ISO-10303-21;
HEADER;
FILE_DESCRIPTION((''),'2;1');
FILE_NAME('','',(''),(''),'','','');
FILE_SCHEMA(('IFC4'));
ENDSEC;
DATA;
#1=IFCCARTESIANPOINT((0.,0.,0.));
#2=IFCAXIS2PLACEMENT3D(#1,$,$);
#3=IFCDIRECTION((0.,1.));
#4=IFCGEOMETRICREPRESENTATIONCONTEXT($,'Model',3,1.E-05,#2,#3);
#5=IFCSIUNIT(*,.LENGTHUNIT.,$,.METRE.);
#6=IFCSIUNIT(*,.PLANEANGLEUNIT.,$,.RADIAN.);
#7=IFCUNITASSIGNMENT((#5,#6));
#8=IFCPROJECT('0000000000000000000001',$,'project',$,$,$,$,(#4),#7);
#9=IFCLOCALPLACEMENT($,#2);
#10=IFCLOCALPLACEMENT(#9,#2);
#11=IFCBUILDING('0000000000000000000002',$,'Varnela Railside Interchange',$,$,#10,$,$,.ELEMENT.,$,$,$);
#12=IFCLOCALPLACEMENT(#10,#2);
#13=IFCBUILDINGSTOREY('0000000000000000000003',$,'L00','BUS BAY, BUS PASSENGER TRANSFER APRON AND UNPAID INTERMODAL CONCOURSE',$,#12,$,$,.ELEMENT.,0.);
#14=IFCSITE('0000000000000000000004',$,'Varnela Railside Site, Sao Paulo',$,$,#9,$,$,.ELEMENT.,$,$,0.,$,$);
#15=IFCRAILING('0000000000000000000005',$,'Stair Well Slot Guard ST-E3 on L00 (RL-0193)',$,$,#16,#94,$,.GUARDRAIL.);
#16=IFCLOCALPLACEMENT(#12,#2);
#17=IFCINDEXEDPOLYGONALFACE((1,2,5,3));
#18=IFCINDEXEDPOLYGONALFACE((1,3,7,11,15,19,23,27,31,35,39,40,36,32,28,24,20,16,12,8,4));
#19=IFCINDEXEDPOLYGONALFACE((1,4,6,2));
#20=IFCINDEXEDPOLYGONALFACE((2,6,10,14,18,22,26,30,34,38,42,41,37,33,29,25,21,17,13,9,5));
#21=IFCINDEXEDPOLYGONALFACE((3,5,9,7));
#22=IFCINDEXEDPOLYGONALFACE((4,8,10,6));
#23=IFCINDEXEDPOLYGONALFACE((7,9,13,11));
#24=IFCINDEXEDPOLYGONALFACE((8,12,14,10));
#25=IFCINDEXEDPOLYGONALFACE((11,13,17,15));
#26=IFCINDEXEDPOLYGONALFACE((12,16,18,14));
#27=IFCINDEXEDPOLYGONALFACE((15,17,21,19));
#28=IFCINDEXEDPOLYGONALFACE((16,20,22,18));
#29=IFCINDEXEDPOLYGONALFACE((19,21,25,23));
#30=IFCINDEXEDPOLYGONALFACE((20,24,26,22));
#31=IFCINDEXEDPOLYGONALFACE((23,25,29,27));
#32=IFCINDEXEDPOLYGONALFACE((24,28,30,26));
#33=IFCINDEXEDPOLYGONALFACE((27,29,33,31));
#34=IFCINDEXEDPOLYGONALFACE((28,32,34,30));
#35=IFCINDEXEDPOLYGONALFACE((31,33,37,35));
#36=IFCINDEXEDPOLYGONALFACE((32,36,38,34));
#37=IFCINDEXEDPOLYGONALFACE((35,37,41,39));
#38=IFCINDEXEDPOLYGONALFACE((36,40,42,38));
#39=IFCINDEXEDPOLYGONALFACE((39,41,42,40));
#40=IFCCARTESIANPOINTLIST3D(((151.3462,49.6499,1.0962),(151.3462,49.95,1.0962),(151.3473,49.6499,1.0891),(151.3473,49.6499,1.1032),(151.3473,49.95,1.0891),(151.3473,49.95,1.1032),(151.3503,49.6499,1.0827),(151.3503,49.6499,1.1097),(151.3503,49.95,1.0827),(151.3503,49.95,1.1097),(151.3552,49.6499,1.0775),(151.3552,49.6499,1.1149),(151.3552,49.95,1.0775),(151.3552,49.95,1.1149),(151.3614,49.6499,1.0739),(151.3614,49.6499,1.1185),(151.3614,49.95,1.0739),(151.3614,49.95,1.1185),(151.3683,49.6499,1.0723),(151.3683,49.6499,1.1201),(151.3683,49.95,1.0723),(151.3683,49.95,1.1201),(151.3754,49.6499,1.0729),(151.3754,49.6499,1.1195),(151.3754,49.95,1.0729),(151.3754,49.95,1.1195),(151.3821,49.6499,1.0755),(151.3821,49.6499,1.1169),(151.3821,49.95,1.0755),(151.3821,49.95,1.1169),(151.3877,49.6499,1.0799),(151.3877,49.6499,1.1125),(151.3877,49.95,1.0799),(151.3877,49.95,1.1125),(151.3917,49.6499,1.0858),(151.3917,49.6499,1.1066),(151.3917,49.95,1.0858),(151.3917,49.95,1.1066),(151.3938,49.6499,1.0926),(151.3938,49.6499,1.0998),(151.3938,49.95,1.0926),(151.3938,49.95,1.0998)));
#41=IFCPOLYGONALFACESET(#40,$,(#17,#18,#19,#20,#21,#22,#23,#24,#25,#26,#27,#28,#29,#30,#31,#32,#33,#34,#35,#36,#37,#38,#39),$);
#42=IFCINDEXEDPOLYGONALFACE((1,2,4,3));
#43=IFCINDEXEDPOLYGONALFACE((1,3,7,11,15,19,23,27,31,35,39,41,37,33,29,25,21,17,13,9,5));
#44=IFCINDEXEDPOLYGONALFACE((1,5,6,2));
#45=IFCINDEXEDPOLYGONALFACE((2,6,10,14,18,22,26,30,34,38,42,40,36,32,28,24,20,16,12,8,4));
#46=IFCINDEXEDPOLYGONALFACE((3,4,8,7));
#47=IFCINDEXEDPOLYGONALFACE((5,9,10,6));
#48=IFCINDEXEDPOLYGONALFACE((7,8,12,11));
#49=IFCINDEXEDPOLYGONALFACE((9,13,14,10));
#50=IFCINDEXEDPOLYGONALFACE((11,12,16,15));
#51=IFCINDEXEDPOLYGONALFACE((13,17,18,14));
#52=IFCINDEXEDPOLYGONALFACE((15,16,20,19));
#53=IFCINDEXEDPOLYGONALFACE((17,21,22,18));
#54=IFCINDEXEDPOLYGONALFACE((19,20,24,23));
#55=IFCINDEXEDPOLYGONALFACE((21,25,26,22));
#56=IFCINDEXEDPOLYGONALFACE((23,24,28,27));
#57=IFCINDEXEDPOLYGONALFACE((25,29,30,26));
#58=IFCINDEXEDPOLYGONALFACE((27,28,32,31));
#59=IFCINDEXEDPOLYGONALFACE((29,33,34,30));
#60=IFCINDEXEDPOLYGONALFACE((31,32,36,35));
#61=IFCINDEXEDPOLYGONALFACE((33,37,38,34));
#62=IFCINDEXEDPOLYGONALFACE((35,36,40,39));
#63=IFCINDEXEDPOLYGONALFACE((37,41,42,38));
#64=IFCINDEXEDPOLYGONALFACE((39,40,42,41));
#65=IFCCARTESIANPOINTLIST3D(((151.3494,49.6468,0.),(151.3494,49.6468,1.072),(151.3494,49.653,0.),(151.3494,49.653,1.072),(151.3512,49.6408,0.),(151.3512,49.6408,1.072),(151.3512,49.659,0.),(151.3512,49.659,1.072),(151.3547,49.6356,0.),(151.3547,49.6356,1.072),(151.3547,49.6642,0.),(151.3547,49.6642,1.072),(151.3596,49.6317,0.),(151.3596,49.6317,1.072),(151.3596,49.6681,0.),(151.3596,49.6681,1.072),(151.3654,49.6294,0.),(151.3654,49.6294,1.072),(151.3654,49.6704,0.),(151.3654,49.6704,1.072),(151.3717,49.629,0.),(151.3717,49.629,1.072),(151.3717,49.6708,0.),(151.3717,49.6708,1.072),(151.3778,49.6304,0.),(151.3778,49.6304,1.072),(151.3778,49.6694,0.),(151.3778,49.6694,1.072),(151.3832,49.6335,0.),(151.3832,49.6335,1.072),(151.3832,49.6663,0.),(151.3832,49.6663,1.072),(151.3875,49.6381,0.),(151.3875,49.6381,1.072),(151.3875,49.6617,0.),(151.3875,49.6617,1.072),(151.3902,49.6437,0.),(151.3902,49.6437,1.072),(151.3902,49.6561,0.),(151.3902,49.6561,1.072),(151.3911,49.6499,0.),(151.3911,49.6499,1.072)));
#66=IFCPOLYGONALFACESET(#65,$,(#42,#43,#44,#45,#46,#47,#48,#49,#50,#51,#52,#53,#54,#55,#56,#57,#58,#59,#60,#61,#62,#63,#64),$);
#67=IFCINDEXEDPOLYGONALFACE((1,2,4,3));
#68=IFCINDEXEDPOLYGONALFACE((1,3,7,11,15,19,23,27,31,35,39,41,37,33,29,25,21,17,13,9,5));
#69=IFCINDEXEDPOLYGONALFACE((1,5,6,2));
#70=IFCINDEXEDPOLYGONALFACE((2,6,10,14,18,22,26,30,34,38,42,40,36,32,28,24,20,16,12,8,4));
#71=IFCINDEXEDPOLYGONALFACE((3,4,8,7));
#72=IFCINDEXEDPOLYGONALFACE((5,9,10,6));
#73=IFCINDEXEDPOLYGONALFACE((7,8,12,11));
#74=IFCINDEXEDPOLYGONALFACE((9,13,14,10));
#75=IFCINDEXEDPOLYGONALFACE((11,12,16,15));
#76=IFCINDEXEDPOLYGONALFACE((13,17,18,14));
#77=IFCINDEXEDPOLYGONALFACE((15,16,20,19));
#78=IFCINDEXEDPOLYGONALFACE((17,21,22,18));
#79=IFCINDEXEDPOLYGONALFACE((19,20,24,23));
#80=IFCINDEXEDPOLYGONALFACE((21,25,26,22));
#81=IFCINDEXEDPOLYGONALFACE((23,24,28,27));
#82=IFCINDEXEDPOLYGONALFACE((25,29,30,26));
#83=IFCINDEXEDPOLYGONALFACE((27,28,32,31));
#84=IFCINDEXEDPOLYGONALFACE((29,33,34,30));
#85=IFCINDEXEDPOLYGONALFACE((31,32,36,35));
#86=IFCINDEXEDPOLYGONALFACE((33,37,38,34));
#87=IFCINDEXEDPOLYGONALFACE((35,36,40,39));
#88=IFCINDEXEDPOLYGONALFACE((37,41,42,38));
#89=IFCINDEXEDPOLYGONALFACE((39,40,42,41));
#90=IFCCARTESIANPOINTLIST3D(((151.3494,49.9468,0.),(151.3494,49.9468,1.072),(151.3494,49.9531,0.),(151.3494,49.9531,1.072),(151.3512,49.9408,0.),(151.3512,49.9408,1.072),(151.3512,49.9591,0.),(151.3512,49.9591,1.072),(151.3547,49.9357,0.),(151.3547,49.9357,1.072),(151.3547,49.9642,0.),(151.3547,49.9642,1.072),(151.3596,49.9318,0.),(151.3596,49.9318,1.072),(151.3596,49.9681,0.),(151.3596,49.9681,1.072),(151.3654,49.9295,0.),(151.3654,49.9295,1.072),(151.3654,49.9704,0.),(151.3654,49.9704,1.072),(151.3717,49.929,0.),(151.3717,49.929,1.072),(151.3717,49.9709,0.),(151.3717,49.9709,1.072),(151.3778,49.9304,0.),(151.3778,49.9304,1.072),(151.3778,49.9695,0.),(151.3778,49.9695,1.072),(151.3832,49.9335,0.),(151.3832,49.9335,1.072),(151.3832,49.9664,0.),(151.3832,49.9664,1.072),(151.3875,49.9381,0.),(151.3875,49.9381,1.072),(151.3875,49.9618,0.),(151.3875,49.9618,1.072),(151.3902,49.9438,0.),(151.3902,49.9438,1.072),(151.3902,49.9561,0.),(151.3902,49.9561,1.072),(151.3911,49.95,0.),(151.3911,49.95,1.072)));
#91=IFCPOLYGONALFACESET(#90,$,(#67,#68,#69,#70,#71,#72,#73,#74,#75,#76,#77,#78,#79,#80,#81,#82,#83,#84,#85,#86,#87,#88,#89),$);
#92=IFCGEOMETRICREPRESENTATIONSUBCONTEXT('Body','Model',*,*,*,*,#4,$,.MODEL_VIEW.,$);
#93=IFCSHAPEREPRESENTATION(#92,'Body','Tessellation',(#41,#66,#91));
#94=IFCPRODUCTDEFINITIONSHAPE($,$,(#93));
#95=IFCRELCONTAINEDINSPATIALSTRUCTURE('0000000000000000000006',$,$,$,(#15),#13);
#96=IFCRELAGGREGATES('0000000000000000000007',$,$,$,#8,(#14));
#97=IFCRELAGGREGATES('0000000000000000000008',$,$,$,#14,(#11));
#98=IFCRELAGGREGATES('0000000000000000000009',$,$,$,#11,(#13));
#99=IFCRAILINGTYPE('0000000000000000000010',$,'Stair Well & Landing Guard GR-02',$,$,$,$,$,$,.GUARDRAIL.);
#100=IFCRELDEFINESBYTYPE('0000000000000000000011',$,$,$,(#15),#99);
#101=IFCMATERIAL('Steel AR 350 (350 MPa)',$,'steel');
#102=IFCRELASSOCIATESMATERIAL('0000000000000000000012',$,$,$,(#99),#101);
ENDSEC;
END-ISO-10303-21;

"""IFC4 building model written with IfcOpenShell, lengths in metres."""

from ifc_helpers import new_model, si_unit, direction, frame, origin, origin_2d, place, context, subcontext, project, spatial, circle, extrude, material, type_object, element, save


model = new_model("IFC4")

# Units and contexts
model_context = context("Model", 3, precision=1e-05, world=origin(), true_north=direction((0.0, 1.0)))
body_context = subcontext(model_context, "Body", "Model", "MODEL_VIEW")
ifc_project = project(units=[si_unit("LENGTHUNIT", "METRE"), si_unit("PLANEANGLEUNIT", "RADIAN")], contexts=[model_context])

# Site, building, storey
site_placement = place(None, origin())
site = spatial("IfcSite", under=ifc_project, at=site_placement, Name="Varnela Railside Site, Sao Paulo", CompositionType="ELEMENT", RefElevation=0.0)
building_placement = place(site_placement, origin())
building = spatial("IfcBuilding", under=site, at=building_placement, Name="Varnela Railside Interchange", CompositionType="ELEMENT")
storey_placement = place(building_placement, origin())
storey = spatial("IfcBuildingStorey", under=building, at=storey_placement, Name="L00", Description="BUS BAY, BUS PASSENGER TRANSFER APRON AND UNPAID INTERMODAL CONCOURSE", CompositionType="ELEMENT", Elevation=0.0)

# Shared definitions
ifc_material_1 = material(Name="Steel AR 350 (350 MPa)", Category="steel")

# Railing
railing_type_1 = type_object("IfcRailingType", Name="Stair Well & Landing Guard GR-02", PredefinedType="GUARDRAIL", material=ifc_material_1)
railing_1_placement = place(storey_placement, frame((151.3701, 49.6499, 0.0)))
element("IfcRailing", 1, at=railing_1_placement, inside=storey, type_object=railing_type_1, Name="Stair Well Slot Guard ST-E3 on L00 (RL-0193)", PredefinedType="GUARDRAIL", context=body_context, shape_type="SweptSolid", body=[
    extrude(circle(Radius=0.0239, at=origin_2d()), frame((0.0, 0.0, 1.0962), z_axis=(0.0, 1.0, 0.0), x_axis=(-1.0, 0.0, 0.0)), (0.0, 0.0, 1.0), 0.3),
    extrude(circle(Radius=0.021, at=origin_2d()), origin(), (0.0, 0.0, 1.0), 1.072),
    extrude(circle(Radius=0.021, at=origin_2d()), frame((0.0, 0.3, 0.0)), (0.0, 0.0, 1.0), 1.072),
])

save(model, "model.ifc")
